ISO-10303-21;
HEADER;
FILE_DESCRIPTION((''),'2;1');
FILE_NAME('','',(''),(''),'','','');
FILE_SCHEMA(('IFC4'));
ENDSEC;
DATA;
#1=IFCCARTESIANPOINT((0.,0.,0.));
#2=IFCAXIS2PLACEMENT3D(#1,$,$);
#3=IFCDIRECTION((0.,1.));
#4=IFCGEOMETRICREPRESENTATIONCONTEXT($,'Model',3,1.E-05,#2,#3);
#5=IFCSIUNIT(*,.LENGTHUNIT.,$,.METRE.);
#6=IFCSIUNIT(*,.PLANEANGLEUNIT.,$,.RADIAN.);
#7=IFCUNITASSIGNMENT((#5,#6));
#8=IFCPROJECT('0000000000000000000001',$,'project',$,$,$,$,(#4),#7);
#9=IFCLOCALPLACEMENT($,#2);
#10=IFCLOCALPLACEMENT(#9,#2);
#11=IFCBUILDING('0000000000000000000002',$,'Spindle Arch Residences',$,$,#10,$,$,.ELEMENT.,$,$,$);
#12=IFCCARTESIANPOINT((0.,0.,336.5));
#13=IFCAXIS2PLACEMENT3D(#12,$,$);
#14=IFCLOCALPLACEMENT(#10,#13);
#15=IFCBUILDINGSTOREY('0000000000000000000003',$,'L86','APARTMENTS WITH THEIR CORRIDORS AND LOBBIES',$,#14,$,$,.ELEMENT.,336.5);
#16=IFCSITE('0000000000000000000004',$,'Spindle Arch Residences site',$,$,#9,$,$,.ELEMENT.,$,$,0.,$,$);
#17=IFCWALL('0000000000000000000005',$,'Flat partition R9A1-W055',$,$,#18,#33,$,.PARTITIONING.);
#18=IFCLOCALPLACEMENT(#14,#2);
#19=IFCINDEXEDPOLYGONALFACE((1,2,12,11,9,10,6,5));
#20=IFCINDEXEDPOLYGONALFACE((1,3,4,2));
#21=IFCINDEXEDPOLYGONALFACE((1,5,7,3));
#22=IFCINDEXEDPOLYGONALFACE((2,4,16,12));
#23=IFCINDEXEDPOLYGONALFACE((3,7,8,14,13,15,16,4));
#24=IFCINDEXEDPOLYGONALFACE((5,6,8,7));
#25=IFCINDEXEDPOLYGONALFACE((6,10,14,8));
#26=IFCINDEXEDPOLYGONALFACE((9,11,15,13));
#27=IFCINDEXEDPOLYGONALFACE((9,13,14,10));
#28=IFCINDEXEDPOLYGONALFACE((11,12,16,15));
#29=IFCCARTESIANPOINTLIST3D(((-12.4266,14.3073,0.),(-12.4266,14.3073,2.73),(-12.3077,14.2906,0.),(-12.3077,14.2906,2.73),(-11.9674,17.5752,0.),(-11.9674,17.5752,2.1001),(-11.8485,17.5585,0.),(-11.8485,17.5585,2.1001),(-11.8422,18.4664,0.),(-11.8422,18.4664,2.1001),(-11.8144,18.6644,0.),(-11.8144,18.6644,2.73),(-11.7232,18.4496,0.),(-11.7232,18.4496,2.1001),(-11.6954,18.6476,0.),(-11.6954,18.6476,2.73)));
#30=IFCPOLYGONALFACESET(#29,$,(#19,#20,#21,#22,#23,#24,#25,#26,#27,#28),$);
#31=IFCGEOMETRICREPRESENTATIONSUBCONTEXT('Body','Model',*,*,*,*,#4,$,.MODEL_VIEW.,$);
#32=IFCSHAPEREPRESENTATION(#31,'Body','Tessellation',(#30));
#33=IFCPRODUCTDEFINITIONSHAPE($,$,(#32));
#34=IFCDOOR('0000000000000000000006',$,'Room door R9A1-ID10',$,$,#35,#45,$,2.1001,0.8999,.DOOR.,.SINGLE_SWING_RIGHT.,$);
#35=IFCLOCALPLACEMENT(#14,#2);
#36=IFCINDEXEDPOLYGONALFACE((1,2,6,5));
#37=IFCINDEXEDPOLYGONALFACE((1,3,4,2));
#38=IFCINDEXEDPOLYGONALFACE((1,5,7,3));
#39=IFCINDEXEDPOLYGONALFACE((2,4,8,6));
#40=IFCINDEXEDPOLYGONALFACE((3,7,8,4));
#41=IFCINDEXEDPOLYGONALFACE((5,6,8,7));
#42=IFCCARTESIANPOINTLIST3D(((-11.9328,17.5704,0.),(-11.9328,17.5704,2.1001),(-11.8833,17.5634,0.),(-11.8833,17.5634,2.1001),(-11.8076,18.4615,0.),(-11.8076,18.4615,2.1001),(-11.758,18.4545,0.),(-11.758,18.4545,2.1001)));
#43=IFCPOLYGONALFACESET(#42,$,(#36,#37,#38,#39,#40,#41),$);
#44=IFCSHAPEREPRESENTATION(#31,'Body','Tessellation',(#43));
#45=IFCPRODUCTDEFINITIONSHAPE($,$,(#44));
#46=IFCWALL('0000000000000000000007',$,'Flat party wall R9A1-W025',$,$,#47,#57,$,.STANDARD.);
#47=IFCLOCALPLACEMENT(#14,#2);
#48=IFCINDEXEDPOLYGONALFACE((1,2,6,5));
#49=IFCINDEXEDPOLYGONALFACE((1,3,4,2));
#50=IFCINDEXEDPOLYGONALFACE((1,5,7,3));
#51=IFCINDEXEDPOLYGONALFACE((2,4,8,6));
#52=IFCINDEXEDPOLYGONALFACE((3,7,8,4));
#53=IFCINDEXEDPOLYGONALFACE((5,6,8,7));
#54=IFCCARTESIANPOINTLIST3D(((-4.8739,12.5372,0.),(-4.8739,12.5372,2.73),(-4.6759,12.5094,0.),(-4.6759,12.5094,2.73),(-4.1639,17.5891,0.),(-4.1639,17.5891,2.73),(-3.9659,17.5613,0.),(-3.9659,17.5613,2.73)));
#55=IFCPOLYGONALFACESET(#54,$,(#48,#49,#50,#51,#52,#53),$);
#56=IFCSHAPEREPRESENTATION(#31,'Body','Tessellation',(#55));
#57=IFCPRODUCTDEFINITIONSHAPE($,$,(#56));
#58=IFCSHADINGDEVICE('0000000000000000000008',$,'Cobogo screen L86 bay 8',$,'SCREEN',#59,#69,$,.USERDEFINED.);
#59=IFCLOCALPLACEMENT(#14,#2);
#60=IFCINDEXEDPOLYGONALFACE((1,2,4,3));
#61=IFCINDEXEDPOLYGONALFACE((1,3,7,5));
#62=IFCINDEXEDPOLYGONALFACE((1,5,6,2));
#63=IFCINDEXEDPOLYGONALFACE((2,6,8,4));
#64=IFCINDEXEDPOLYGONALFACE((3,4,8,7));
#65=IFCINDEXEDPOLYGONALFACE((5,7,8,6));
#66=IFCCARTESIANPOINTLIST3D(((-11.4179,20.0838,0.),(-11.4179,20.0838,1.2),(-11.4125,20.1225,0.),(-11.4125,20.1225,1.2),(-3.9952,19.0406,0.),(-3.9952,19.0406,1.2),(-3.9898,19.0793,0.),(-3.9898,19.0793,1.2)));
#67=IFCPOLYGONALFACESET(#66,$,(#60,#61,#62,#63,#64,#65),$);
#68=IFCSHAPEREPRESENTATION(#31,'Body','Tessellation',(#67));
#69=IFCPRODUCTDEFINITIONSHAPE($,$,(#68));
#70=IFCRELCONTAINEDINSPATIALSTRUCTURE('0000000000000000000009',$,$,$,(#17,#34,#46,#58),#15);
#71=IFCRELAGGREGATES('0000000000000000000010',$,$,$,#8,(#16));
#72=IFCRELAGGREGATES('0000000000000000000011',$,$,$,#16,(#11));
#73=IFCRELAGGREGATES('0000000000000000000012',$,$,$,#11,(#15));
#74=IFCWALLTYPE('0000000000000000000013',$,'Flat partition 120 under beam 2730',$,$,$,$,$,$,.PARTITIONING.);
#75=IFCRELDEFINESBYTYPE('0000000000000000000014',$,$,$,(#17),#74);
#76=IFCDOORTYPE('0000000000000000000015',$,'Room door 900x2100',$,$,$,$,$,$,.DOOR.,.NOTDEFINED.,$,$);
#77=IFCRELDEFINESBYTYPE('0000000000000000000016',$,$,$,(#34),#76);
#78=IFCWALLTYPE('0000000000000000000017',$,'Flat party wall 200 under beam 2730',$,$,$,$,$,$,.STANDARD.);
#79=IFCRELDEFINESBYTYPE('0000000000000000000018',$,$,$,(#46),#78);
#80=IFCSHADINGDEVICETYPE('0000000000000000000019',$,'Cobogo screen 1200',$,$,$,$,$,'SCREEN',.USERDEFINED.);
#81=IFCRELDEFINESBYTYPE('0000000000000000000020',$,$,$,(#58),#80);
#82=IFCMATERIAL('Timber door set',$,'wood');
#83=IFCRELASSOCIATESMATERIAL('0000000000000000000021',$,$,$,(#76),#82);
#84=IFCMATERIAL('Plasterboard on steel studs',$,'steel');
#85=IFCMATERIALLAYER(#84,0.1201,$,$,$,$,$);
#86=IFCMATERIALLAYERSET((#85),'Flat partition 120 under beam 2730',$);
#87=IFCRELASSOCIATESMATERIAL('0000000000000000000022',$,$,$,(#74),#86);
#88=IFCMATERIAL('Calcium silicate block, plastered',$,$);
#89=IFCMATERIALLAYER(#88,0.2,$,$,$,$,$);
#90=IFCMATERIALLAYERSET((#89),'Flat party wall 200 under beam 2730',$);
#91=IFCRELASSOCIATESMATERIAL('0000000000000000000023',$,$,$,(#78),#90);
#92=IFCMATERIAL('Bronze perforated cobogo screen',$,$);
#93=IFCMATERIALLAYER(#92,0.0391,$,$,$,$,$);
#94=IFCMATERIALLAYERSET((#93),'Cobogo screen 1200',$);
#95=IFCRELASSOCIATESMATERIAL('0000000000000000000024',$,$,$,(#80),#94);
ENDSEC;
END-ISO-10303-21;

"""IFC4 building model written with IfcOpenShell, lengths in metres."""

from ifc_helpers import new_model, si_unit, direction, frame, frame_2d, origin, origin_2d, place, context, subcontext, project, spatial, rectangle, extrude, material, layer, layer_set, type_object, element, fill, save


model = new_model("IFC4")

# Units and contexts
model_context = context("Model", 3, precision=1e-05, world=origin(), true_north=direction((0.0, 1.0)))
body_context = subcontext(model_context, "Body", "Model", "MODEL_VIEW")
ifc_project = project(units=[si_unit("LENGTHUNIT", "METRE"), si_unit("PLANEANGLEUNIT", "RADIAN")], contexts=[model_context])

# Site, building, storey
site_placement = place(None, origin())
site = spatial("IfcSite", under=ifc_project, at=site_placement, Name="Spindle Arch Residences site", CompositionType="ELEMENT", RefElevation=0.0)
building_placement = place(site_placement, origin())
building = spatial("IfcBuilding", under=site, at=building_placement, Name="Spindle Arch Residences", CompositionType="ELEMENT")
storey_placement = place(building_placement, frame((0.0, 0.0, 336.5)))
storey = spatial("IfcBuildingStorey", under=building, at=storey_placement, Name="L86", Description="APARTMENTS WITH THEIR CORRIDORS AND LOBBIES", CompositionType="ELEMENT", Elevation=336.5)

# Shared definitions
ifc_material_1 = material(Name="Timber door set", Category="wood")
door_type_1 = type_object("IfcDoorType", Name="Room door 900x2100", OperationType="NOTDEFINED", PredefinedType="DOOR", material=ifc_material_1)

# Wall, opening, door
ifc_material_2 = material(Name="Plasterboard on steel studs", Category="steel")
ifc_layer_1 = layer(ifc_material_2, 0.1201)
ifc_layer_set_1 = layer_set([ifc_layer_1], Name="Flat partition 120 under beam 2730")
wall_type_1 = type_object("IfcWallType", Name="Flat partition 120 under beam 2730", PredefinedType="PARTITIONING", material=ifc_layer_set_1)
wall_1_placement = place(storey_placement, frame((-11.7549, 18.656, 0.0), z_axis=(0.0, 0.0, 1.0), x_axis=(-0.13916, -0.99027, 0.0)))
wall_1 = element("IfcWall", 1, at=wall_1_placement, inside=storey, type_object=wall_type_1, Name="Flat partition R9A1-W055", PredefinedType="PARTITIONING", context=body_context, shape_type="SweptSolid", body=[
    extrude(rectangle(XDim=4.3999, YDim=0.1201, at=frame_2d((2.2, 0.0))), origin(), (0.0, 0.0, 1.0), 2.73),
])
opening_1_placement = place(wall_1_placement, frame((0.2, 0.0, 0.0)))
opening_1 = element("IfcOpeningElement", 2, at=opening_1_placement, cuts=wall_1, PredefinedType="OPENING", context=body_context, shape_type="SweptSolid", body=[
    extrude(rectangle(XDim=0.8999, YDim=2.1001, at=frame_2d((0.45, 1.05))), frame((0.0, 0.0701, 0.0), z_axis=(0.0, -1.0, 0.0), x_axis=(1.0, 0.0, 0.0)), (0.0, 0.0, 1.0), 0.1401),
])
door_1_placement = place(opening_1_placement, origin())
door_1 = element("IfcDoor", 3, at=door_1_placement, inside=storey, type_object=door_type_1, Name="Room door R9A1-ID10", OperationType="SINGLE_SWING_RIGHT", OverallHeight=2.1001, OverallWidth=0.8999, PredefinedType="DOOR", context=body_context, shape_type="SweptSolid", body=[
    extrude(rectangle(XDim=0.8999, YDim=2.1001, at=frame_2d((0.45, 1.05))), frame((0.0, 0.0249, 0.0), z_axis=(0.0, -1.0, 0.0), x_axis=(1.0, 0.0, 0.0)), (0.0, 0.0, 1.0), 0.05),
])
fill(opening_1, door_1)

# Wall
ifc_material_3 = material(Name="Calcium silicate block, plastered")
ifc_layer_2 = layer(ifc_material_3, 0.2)
ifc_layer_set_2 = layer_set([ifc_layer_2], Name="Flat party wall 200 under beam 2730")
wall_type_2 = type_object("IfcWallType", Name="Flat party wall 200 under beam 2730", PredefinedType="STANDARD", material=ifc_layer_set_2)
wall_2_placement = place(storey_placement, frame((-4.0649, 17.5752, 0.0), z_axis=(0.0, 0.0, 1.0), x_axis=(-0.139163, -0.990269, 0.0)))
element("IfcWall", 4, at=wall_2_placement, inside=storey, type_object=wall_type_2, Name="Flat party wall R9A1-W025", PredefinedType="STANDARD", context=body_context, shape_type="SweptSolid", body=[
    extrude(rectangle(XDim=5.1016, YDim=0.2, at=frame_2d((2.5508, 0.0))), origin(), (0.0, 0.0, 1.0), 2.73),
])

# Shading device
ifc_material_4 = material(Name="Bronze perforated cobogo screen")
ifc_layer_3 = layer(ifc_material_4, 0.0391)
ifc_layer_set_3 = layer_set([ifc_layer_3], Name="Cobogo screen 1200")
shading_device_type = type_object("IfcShadingDeviceType", Name="Cobogo screen 1200", ElementType="SCREEN", PredefinedType="USERDEFINED", material=ifc_layer_set_3)
shading_device_placement = place(storey_placement, frame((-7.7039, 19.5815, 0.0), z_axis=(0.0, 0.0, 1.0), x_axis=(-0.990268, 0.139173, 0.0)))
element("IfcShadingDevice", 5, at=shading_device_placement, inside=storey, type_object=shading_device_type, Name="Cobogo screen L86 bay 8", ObjectType="SCREEN", PredefinedType="USERDEFINED", context=body_context, shape_type="SweptSolid", body=[
    extrude(rectangle(XDim=7.4956, YDim=0.0391, at=origin_2d()), origin(), (0.0, 0.0, 1.0), 1.2),
])

save(model, "model.ifc")
